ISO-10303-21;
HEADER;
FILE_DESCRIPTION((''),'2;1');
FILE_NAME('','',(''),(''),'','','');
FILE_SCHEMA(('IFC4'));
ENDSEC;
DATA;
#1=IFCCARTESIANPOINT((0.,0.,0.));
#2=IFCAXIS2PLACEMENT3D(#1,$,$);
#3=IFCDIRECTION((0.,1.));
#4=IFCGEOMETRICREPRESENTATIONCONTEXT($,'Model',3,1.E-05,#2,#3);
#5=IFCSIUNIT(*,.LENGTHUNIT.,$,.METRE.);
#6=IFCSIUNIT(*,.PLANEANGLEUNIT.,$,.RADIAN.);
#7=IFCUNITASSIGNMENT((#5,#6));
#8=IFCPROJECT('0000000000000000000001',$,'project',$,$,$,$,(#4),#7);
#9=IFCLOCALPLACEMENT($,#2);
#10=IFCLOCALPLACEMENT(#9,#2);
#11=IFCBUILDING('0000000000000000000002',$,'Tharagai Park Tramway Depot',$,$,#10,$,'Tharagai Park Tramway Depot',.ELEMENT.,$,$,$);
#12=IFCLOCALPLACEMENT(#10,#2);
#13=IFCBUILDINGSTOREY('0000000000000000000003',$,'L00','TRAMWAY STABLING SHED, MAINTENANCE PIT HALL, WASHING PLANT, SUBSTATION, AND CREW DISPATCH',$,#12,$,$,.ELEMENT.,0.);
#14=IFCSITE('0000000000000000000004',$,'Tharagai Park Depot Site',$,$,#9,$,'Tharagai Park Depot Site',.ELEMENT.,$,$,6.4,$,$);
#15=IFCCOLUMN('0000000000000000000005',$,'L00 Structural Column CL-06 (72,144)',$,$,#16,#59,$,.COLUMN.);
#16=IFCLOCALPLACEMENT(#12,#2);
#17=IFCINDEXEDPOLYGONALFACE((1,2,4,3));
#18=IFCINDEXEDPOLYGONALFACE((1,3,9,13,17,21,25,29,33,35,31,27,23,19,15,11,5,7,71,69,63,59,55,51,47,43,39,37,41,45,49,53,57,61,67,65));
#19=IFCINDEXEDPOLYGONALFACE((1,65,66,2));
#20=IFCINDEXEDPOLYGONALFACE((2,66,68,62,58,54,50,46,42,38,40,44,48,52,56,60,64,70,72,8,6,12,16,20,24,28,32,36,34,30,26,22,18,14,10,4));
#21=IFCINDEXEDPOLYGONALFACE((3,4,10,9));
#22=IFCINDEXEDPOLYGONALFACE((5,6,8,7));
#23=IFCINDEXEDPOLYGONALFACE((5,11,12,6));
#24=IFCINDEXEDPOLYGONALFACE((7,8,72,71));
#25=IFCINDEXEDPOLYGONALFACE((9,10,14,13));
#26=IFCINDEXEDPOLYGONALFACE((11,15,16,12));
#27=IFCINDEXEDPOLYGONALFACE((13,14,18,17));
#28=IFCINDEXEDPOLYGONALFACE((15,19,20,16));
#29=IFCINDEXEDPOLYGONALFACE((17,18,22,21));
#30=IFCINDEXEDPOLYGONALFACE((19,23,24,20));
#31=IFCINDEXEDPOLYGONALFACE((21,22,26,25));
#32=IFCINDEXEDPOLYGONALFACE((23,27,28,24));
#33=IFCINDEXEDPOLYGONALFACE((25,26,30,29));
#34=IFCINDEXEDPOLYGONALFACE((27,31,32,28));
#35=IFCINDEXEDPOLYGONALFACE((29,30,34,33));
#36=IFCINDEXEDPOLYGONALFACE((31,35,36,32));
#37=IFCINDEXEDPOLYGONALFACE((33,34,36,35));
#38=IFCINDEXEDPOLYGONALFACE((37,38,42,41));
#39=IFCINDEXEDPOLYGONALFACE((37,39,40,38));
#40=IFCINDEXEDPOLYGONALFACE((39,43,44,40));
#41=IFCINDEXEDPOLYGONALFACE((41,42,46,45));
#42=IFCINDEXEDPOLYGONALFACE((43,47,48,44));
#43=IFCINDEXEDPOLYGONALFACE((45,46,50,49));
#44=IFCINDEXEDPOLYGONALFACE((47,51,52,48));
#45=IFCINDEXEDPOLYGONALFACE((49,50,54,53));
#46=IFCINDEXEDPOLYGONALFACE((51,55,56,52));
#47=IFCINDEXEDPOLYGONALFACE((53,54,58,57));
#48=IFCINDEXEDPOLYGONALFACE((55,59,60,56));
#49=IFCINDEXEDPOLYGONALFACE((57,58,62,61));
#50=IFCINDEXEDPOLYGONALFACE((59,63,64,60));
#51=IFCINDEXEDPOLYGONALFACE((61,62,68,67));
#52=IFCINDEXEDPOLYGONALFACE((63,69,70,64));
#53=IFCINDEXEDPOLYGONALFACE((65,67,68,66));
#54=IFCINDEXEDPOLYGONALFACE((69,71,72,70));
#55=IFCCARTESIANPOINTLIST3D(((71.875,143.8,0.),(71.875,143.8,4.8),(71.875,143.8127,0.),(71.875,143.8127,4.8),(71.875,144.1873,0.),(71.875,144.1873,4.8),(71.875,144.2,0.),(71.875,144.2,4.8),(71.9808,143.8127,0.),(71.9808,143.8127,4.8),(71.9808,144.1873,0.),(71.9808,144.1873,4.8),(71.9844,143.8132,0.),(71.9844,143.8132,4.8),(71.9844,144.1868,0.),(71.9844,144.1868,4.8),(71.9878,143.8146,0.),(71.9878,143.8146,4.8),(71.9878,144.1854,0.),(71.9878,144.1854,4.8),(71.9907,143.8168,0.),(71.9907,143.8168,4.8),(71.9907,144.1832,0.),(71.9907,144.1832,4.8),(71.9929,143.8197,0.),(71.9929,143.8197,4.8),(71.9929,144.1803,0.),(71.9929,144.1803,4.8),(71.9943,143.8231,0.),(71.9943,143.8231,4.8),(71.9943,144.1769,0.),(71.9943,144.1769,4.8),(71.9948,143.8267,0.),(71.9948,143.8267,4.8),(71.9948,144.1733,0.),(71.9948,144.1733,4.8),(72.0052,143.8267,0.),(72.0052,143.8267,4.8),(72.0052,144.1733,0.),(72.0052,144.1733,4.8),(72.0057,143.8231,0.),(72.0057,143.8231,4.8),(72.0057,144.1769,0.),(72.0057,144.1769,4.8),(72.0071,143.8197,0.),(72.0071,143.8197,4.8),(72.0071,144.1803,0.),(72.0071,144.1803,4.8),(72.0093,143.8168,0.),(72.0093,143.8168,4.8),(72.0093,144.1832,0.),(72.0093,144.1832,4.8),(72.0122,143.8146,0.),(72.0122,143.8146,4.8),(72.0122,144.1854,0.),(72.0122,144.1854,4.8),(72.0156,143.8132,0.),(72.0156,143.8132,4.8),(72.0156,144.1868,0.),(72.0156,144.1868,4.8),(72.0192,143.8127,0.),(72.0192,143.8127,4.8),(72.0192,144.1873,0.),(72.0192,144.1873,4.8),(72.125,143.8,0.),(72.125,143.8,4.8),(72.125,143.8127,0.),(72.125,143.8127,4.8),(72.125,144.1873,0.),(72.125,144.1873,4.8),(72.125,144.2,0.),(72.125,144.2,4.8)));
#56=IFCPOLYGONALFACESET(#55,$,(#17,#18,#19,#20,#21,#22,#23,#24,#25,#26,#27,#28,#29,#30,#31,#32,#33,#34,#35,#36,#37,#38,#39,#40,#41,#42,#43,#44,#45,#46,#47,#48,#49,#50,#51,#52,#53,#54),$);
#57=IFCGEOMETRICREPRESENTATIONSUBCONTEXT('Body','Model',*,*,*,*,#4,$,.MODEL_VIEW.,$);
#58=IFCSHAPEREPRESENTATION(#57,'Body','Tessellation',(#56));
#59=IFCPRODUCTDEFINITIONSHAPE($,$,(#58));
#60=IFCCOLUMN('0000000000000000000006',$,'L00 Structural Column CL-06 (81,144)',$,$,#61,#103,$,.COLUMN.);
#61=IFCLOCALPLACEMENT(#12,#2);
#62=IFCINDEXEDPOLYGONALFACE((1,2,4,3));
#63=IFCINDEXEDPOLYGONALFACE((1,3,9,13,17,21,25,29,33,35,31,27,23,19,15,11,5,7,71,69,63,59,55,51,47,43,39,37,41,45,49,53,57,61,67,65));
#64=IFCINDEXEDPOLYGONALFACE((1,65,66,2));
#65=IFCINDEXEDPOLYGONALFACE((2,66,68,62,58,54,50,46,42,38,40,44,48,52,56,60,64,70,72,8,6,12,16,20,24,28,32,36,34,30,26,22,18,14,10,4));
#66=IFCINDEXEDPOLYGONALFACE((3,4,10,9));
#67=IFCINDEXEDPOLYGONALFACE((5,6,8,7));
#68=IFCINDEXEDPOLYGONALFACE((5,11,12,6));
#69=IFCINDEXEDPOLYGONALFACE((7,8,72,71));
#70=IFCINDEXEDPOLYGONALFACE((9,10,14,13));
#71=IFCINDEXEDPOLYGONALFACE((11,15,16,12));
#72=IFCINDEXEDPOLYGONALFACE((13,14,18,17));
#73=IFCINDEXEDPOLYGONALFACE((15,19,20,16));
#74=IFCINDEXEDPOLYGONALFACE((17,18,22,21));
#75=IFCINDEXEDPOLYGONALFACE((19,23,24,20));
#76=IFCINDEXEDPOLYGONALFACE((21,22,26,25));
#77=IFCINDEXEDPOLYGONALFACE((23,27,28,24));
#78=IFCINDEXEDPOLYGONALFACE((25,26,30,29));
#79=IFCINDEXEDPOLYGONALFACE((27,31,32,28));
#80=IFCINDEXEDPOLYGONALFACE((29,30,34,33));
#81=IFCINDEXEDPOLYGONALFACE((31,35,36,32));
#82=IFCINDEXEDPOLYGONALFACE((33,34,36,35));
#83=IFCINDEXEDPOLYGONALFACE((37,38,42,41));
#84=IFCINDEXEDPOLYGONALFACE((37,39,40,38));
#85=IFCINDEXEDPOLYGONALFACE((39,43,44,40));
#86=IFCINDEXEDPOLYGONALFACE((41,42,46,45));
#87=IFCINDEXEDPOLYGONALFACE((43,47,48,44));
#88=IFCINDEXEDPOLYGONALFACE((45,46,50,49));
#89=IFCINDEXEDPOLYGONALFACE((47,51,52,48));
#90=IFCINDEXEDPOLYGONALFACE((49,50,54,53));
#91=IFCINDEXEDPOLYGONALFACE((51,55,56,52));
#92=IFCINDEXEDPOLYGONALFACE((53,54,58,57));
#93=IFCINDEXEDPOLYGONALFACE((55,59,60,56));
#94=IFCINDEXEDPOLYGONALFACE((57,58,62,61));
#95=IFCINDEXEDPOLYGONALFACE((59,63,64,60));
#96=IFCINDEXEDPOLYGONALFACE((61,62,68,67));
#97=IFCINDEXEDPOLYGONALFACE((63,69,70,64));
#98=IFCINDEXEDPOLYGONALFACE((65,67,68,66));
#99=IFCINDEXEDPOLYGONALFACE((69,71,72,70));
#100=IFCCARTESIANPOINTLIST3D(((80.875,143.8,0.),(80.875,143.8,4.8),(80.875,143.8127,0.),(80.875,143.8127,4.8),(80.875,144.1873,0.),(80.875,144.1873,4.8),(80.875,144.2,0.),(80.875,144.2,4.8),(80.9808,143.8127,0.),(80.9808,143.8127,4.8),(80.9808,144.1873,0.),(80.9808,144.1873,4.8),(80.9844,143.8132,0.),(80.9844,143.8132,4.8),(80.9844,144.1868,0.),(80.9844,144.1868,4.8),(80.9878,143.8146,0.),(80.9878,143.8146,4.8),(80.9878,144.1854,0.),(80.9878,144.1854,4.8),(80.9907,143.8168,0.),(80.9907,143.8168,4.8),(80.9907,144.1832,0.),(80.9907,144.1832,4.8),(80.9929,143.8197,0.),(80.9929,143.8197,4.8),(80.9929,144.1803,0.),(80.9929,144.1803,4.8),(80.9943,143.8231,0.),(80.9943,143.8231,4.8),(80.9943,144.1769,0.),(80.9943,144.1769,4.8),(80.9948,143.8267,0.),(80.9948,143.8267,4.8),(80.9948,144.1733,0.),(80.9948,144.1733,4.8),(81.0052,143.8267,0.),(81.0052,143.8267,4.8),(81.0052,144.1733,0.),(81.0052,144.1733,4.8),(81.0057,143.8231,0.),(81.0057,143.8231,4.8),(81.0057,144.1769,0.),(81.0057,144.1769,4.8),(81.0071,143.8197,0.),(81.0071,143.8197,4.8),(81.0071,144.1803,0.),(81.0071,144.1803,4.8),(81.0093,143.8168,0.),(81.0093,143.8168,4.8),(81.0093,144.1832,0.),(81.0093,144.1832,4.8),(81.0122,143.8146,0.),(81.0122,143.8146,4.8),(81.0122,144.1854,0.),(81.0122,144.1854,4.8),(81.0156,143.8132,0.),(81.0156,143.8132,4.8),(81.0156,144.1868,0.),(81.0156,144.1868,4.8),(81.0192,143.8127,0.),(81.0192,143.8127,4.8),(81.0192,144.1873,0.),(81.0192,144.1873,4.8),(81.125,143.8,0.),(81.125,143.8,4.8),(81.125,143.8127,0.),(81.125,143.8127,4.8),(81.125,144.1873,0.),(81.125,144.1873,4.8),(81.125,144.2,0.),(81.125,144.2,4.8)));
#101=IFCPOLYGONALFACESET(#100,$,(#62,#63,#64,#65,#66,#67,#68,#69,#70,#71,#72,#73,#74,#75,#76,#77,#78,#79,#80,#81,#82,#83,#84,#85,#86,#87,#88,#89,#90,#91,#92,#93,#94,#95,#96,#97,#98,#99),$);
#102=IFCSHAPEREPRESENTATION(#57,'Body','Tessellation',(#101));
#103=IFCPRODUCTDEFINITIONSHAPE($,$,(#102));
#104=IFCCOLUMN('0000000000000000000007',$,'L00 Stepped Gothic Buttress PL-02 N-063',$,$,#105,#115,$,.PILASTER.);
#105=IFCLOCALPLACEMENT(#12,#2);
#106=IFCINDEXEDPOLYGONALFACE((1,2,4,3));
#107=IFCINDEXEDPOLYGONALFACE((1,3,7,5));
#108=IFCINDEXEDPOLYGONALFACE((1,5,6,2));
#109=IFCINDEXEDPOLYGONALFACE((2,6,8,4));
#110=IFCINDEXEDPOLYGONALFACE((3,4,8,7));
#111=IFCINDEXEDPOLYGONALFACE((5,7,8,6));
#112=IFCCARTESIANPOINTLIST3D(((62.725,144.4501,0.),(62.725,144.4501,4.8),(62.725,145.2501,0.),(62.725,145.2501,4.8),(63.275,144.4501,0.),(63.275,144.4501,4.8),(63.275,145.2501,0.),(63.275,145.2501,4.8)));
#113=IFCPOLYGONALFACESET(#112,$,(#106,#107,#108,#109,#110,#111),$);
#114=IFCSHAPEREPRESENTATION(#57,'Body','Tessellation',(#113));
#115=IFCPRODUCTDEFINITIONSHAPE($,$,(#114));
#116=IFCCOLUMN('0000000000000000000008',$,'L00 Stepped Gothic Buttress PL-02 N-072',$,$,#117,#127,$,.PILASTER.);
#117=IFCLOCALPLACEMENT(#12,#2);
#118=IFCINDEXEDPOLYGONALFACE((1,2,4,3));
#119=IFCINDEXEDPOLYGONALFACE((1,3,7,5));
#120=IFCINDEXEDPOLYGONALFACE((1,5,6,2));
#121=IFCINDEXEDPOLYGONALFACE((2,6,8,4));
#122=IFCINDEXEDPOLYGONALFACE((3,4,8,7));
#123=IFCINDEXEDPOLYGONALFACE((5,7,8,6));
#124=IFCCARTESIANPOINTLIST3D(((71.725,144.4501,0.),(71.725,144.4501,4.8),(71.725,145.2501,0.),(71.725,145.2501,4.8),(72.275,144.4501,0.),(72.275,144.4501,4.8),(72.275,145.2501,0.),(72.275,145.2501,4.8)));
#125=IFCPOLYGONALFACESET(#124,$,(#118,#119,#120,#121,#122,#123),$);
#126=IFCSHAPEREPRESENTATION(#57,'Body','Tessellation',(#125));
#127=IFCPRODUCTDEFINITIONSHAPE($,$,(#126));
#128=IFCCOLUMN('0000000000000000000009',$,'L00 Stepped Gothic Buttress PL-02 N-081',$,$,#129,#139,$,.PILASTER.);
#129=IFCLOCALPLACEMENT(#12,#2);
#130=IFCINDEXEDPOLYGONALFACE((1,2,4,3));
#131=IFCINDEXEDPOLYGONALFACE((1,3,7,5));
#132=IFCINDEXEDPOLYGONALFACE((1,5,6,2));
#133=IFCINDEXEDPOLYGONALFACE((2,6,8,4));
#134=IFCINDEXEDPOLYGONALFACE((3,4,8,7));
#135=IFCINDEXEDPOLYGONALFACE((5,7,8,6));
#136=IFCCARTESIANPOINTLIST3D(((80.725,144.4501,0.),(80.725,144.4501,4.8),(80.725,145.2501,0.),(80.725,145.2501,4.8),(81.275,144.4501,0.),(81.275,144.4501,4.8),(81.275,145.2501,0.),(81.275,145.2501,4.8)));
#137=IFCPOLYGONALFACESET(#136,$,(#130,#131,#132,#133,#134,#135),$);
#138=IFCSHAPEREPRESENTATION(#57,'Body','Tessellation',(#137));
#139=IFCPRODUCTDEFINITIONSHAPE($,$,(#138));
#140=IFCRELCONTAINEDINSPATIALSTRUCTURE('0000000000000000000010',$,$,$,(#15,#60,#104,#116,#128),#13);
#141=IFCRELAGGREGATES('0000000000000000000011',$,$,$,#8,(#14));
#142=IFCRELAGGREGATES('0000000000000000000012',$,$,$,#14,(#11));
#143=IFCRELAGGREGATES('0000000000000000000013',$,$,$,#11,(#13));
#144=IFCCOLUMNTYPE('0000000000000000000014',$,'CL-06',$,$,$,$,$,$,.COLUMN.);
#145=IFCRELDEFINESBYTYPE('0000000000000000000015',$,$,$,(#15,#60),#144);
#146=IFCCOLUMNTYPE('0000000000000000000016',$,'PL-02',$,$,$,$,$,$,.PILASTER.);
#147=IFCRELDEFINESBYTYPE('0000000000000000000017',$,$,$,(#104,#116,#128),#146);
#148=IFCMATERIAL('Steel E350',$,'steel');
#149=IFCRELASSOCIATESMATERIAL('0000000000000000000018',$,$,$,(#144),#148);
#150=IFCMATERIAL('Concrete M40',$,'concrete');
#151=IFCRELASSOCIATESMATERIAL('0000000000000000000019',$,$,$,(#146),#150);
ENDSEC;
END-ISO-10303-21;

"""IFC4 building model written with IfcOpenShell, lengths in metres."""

from ifc_helpers import new_model, si_unit, direction, frame, origin, origin_2d, place, context, subcontext, project, spatial, rectangle, i_section, extrude, material, material_profile, profile_set, type_object, element, save


model = new_model("IFC4")

# Units and contexts
model_context = context("Model", 3, precision=1e-05, world=origin(), true_north=direction((0.0, 1.0)))
body_context = subcontext(model_context, "Body", "Model", "MODEL_VIEW")
ifc_project = project(units=[si_unit("LENGTHUNIT", "METRE"), si_unit("PLANEANGLEUNIT", "RADIAN")], contexts=[model_context])

# Site, building, storey
site_placement = place(None, origin())
site = spatial("IfcSite", under=ifc_project, at=site_placement, Name="Tharagai Park Depot Site", LongName="Tharagai Park Depot Site", CompositionType="ELEMENT", RefElevation=6.4)
building_placement = place(site_placement, origin())
building = spatial("IfcBuilding", under=site, at=building_placement, Name="Tharagai Park Tramway Depot", LongName="Tharagai Park Tramway Depot", CompositionType="ELEMENT")
storey_placement = place(building_placement, origin())
storey = spatial("IfcBuildingStorey", under=building, at=storey_placement, Name="L00", Description="TRAMWAY STABLING SHED, MAINTENANCE PIT HALL, WASHING PLANT, SUBSTATION, AND CREW DISPATCH", CompositionType="ELEMENT", Elevation=0.0)

# Shared definitions
ifc_material_1 = material(Name="Concrete M40", Category="concrete")

# Columns
ifc_material_2 = material(Name="Steel E350", Category="steel")
ifc_material_profile_1 = material_profile(ifc_material_2, i_section(OverallWidth=0.25, OverallDepth=0.3999, WebThickness=0.0105, FlangeThickness=0.0127, FilletRadius=0.0139, at=origin_2d()), Name="ISHB 400")
ifc_profile_set_1 = profile_set([ifc_material_profile_1], Name="Steel E350")
column_type_1 = type_object("IfcColumnType", Name="CL-06", PredefinedType="COLUMN", material=ifc_profile_set_1)
for number, where, z_axis, x_axis, name in (
    (1, (72.0, 144.0, 0.0), (0.0, 0.0, 1.0), (1.0, 0.0, 0.0), "L00 Structural Column CL-06 (72,144)"),
    (2, (81.0, 144.0, 0.0), (0.0, 0.0, 1.0), (1.0, 0.0, 0.0), "L00 Structural Column CL-06 (81,144)"),
):
    element("IfcColumn", number, at=place(storey_placement, frame(where, z_axis=z_axis, x_axis=x_axis)), inside=storey, type_object=column_type_1, Name=name, PredefinedType="COLUMN", context=body_context, shape_type="SweptSolid", body=[
        extrude(i_section(OverallWidth=0.25, OverallDepth=0.3999, WebThickness=0.0105, FlangeThickness=0.0127, FilletRadius=0.0139, at=origin_2d()), origin(), (0.0, 0.0, 1.0), 4.8),
    ])
ifc_material_profile_2 = material_profile(ifc_material_1, rectangle(XDim=0.55, YDim=0.8, at=origin_2d()), Name="RC 550x800")
ifc_profile_set_2 = profile_set([ifc_material_profile_2], Name="Concrete M40")
column_type_2 = type_object("IfcColumnType", Name="PL-02", PredefinedType="PILASTER", material=ifc_profile_set_2)
for number, where, z_axis, x_axis, name in (
    (3, (63.0, 144.8501, 0.0), (0.0, 0.0, 1.0), (1.0, 0.0, 0.0), "L00 Stepped Gothic Buttress PL-02 N-063"),
    (4, (72.0, 144.8501, 0.0), (0.0, 0.0, 1.0), (1.0, 0.0, 0.0), "L00 Stepped Gothic Buttress PL-02 N-072"),
    (5, (81.0, 144.8501, 0.0), (0.0, 0.0, 1.0), (1.0, 0.0, 0.0), "L00 Stepped Gothic Buttress PL-02 N-081"),
):
    element("IfcColumn", number, at=place(storey_placement, frame(where, z_axis=z_axis, x_axis=x_axis)), inside=storey, type_object=column_type_2, Name=name, PredefinedType="PILASTER", context=body_context, shape_type="SweptSolid", body=[
        extrude(rectangle(XDim=0.55, YDim=0.8, at=origin_2d()), origin(), (0.0, 0.0, 1.0), 4.8),
    ])

save(model, "model.ifc")
